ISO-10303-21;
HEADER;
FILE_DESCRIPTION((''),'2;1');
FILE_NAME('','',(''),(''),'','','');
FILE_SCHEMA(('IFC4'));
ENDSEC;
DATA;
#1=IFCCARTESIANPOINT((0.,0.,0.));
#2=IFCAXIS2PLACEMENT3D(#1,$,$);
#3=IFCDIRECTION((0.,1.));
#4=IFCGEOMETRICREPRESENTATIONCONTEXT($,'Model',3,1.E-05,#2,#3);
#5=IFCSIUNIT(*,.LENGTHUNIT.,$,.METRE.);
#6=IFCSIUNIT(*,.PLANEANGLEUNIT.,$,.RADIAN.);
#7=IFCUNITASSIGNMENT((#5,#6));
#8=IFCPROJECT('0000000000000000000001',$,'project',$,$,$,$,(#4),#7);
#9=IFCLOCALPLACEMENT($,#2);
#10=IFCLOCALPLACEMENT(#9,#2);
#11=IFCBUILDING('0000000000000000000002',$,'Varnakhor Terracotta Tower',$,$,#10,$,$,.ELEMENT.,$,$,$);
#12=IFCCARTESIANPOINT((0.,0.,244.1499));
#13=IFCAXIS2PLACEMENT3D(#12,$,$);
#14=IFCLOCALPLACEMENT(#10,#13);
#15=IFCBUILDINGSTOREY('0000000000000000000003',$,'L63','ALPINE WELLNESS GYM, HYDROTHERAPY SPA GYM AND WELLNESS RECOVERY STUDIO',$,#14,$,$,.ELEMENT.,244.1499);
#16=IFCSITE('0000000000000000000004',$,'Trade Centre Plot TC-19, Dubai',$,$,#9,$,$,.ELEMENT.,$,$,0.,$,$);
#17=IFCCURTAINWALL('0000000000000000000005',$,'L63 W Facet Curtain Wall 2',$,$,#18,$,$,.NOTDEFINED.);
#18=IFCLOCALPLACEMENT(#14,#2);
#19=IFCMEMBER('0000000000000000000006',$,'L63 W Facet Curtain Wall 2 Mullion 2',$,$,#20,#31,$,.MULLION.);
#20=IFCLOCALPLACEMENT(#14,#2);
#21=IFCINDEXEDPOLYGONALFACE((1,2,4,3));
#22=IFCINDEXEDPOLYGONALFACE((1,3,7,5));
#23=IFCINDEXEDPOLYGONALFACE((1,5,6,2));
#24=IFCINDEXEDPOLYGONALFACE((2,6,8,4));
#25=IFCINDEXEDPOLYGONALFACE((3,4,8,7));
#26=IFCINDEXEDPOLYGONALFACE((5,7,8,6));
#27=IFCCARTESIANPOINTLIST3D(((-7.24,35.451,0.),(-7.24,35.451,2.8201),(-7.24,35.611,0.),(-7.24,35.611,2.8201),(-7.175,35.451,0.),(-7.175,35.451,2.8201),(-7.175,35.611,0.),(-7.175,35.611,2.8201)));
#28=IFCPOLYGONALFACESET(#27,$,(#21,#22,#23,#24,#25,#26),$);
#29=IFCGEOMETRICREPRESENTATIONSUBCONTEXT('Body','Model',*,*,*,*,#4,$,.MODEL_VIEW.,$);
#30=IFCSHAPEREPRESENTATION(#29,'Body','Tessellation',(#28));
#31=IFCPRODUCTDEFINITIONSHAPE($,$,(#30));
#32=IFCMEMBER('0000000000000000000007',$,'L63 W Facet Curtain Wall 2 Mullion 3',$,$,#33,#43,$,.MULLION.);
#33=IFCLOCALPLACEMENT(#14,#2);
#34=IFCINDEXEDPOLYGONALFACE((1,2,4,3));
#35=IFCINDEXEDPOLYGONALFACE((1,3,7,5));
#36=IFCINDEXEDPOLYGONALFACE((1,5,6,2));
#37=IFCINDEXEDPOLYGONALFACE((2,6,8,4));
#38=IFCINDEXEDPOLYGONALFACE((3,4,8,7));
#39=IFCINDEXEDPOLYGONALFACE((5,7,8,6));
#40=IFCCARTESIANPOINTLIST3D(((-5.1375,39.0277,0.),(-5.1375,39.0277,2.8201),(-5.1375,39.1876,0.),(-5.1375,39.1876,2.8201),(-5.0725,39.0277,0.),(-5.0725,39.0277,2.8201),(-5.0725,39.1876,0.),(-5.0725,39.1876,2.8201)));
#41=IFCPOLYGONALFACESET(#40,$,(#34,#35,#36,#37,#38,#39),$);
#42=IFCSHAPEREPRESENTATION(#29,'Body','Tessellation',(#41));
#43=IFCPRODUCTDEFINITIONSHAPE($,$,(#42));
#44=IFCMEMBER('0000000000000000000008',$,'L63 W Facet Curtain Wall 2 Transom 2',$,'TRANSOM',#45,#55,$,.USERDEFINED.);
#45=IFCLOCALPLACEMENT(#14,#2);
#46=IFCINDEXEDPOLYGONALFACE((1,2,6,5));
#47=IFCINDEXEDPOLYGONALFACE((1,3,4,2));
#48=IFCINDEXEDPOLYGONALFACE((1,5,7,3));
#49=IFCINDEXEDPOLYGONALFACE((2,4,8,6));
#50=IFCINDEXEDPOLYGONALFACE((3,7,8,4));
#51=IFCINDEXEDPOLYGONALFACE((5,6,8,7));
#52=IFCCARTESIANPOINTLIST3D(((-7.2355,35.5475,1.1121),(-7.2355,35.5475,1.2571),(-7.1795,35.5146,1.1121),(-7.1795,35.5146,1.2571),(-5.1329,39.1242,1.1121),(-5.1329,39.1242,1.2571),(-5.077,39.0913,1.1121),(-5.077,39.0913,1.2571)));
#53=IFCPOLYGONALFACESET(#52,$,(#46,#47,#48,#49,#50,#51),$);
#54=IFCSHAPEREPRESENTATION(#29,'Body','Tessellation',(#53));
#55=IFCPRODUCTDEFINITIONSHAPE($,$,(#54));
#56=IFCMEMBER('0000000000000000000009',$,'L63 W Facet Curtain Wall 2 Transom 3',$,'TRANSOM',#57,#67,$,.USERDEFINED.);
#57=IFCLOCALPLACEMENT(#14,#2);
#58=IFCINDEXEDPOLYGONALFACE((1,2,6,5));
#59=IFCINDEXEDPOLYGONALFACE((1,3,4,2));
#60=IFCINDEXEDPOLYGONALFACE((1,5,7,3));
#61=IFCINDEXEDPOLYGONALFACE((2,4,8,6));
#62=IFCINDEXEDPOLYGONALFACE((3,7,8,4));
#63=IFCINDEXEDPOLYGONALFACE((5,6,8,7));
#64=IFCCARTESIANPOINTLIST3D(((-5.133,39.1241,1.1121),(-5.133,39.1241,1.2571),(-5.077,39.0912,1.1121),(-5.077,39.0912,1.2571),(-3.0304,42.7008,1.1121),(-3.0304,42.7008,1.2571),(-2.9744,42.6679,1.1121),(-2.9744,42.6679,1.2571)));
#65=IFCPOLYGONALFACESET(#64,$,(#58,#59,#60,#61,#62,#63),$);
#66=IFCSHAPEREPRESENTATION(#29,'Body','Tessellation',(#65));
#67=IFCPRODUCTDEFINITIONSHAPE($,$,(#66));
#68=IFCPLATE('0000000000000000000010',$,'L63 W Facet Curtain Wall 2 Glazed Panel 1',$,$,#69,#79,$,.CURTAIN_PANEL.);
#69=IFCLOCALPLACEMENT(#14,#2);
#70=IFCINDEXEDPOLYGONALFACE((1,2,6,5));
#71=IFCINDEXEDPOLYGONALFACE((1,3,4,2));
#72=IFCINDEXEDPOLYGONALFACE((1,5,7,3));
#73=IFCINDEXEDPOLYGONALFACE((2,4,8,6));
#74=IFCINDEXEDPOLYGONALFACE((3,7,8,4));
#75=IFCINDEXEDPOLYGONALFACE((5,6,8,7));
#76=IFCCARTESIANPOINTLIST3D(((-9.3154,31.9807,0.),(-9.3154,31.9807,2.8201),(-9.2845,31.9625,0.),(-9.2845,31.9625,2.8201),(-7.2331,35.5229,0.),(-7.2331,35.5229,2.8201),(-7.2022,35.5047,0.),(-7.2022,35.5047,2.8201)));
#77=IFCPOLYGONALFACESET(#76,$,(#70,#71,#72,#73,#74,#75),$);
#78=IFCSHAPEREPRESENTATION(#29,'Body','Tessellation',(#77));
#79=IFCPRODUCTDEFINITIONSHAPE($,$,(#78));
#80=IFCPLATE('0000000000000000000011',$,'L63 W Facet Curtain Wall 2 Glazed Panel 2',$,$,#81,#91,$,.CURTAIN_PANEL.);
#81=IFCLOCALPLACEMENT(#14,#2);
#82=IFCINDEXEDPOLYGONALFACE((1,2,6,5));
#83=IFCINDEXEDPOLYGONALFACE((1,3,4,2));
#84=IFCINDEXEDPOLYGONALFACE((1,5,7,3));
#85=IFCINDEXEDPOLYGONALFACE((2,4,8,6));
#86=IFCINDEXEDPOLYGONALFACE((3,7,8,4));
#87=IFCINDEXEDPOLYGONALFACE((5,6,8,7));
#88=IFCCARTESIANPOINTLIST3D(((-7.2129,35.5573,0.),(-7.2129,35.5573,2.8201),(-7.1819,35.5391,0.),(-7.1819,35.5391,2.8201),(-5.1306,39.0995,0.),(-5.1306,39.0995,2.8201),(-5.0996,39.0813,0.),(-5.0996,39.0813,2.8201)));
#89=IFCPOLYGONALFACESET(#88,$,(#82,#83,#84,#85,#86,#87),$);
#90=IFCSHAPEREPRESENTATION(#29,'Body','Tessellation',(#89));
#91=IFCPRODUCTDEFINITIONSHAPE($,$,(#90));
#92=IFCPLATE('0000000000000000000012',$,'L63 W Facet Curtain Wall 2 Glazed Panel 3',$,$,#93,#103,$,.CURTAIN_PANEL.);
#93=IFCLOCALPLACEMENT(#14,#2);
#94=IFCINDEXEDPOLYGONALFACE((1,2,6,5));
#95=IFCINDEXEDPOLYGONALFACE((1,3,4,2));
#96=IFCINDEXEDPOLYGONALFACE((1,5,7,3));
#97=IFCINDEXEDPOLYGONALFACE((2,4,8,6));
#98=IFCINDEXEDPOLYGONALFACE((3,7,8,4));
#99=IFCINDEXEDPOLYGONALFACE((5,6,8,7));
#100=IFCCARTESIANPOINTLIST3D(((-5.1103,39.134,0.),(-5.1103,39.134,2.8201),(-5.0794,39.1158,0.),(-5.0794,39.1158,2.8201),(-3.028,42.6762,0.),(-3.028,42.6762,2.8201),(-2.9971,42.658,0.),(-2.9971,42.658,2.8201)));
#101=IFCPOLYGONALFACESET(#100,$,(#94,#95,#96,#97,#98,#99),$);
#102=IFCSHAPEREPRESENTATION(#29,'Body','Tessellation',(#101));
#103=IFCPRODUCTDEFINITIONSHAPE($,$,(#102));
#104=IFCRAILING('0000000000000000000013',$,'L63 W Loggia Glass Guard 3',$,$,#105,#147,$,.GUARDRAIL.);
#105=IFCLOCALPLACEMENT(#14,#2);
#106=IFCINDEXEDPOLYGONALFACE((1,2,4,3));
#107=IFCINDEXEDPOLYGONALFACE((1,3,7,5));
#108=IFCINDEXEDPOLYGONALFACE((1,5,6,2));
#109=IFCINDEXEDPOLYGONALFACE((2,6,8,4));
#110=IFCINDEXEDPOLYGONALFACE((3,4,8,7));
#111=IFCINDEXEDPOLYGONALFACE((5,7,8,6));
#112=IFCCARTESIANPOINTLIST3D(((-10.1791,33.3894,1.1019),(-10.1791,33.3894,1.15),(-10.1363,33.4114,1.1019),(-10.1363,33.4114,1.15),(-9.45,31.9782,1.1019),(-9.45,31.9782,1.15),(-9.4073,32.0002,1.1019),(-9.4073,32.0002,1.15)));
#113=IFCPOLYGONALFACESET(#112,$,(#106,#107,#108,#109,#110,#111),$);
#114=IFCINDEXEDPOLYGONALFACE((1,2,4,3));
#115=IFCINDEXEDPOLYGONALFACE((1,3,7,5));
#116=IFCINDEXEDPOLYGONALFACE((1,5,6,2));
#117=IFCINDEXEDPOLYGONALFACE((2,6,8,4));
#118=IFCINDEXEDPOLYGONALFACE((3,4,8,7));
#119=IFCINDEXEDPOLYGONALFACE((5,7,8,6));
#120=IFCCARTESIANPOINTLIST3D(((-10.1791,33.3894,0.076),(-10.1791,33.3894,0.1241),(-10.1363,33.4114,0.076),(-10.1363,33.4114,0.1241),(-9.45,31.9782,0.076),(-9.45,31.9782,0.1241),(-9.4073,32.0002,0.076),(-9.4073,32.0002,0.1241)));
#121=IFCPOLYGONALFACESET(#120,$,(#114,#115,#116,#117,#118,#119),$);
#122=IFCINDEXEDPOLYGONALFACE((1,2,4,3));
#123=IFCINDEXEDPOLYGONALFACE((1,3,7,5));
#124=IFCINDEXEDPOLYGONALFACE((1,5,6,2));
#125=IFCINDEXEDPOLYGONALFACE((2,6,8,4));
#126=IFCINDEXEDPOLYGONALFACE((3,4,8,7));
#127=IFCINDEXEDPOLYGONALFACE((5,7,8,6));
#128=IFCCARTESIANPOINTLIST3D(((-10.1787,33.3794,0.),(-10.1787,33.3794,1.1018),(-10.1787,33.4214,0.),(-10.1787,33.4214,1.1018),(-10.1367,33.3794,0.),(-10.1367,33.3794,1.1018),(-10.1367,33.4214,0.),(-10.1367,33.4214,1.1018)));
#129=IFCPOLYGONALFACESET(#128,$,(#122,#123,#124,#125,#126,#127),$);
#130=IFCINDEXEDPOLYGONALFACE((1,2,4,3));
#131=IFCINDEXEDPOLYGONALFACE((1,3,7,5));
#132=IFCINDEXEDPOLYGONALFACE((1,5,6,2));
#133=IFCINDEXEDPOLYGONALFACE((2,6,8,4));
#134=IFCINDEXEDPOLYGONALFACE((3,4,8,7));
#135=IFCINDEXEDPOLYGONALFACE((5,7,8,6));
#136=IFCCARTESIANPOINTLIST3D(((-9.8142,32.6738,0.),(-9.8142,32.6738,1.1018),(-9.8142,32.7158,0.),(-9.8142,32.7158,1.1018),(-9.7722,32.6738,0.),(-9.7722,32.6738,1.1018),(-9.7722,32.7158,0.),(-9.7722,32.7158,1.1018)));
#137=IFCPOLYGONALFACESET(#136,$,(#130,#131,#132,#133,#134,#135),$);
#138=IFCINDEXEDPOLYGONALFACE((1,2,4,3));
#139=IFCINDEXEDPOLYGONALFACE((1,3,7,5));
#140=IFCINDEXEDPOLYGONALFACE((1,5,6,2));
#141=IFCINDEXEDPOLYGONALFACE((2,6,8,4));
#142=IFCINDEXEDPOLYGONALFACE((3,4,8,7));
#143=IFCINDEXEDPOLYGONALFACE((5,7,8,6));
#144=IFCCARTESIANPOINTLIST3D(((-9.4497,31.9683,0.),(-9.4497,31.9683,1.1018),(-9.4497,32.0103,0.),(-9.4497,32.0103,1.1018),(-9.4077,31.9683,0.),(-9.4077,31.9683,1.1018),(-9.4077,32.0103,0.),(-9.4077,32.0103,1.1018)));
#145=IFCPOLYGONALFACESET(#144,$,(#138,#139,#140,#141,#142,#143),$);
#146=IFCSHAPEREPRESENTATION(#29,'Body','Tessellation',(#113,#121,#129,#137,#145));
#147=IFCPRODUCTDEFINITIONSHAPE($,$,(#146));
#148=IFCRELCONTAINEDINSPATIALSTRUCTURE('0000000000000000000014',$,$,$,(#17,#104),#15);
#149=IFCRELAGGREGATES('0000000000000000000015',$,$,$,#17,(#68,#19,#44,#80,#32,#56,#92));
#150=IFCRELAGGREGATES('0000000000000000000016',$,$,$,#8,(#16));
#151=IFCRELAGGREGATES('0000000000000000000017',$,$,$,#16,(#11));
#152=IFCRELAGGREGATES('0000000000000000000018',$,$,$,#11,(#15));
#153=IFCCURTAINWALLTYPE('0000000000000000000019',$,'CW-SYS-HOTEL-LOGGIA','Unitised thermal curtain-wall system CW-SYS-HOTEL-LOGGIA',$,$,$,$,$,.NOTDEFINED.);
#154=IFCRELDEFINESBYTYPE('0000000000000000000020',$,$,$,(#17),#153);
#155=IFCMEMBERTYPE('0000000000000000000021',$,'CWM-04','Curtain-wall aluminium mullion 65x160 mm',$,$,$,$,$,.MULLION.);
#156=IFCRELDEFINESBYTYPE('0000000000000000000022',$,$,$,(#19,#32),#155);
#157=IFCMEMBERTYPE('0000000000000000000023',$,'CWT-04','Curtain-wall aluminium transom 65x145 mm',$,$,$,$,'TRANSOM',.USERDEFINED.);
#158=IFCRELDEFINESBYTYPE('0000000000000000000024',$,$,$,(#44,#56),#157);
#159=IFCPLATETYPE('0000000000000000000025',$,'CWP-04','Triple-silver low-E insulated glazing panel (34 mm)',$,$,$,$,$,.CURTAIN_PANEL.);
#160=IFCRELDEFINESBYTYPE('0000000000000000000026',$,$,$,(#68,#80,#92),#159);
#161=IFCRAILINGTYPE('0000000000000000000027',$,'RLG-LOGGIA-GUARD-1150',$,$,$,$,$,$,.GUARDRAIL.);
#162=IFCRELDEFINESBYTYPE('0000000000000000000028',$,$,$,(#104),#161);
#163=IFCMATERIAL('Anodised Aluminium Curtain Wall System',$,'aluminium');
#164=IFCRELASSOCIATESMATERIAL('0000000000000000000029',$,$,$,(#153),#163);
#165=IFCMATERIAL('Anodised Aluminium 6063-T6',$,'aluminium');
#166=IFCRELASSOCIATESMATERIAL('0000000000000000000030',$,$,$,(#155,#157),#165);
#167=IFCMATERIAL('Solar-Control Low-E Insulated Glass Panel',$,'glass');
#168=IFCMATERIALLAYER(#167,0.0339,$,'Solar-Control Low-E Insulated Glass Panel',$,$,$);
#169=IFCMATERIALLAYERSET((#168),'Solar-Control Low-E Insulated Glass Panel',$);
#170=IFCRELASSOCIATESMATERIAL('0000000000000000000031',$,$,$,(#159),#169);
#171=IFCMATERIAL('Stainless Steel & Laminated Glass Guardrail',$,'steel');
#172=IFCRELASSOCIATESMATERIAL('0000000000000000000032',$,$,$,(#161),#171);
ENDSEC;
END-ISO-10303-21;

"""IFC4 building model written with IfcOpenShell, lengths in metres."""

from ifc_helpers import new_model, si_unit, direction, frame, origin, origin_2d, place, context, subcontext, project, spatial, rectangle, extrude, source, transform, mapped, material, layer, layer_set, material_profile, profile_set, type_object, type_shapes, element, aggregate, save


model = new_model("IFC4")

# Units and contexts
model_context = context("Model", 3, precision=1e-05, world=origin(), true_north=direction((0.0, 1.0)))
body_context = subcontext(model_context, "Body", "Model", "MODEL_VIEW")
ifc_project = project(units=[si_unit("LENGTHUNIT", "METRE"), si_unit("PLANEANGLEUNIT", "RADIAN")], contexts=[model_context])

# Site, building, storey
site_placement = place(None, origin())
site = spatial("IfcSite", under=ifc_project, at=site_placement, Name="Trade Centre Plot TC-19, Dubai", CompositionType="ELEMENT", RefElevation=0.0)
building_placement = place(site_placement, origin())
building = spatial("IfcBuilding", under=site, at=building_placement, Name="Varnakhor Terracotta Tower", CompositionType="ELEMENT")
storey_placement = place(building_placement, frame((0.0, 0.0, 244.1499)))
storey = spatial("IfcBuildingStorey", under=building, at=storey_placement, Name="L63", Description="ALPINE WELLNESS GYM, HYDROTHERAPY SPA GYM AND WELLNESS RECOVERY STUDIO", CompositionType="ELEMENT", Elevation=244.1499)

# Curtain wall, members, plates
ifc_material_1 = material(Name="Anodised Aluminium Curtain Wall System", Category="aluminium")
curtain_wall_type = type_object("IfcCurtainWallType", Name="CW-SYS-HOTEL-LOGGIA", Description="Unitised thermal curtain-wall system CW-SYS-HOTEL-LOGGIA", PredefinedType="NOTDEFINED", material=ifc_material_1)
curtain_wall_placement = place(storey_placement, origin())
curtain_wall = element("IfcCurtainWall", 1, at=curtain_wall_placement, inside=storey, type_object=curtain_wall_type, Name="L63 W Facet Curtain Wall 2", PredefinedType="NOTDEFINED")
ifc_material_2 = material(Name="Anodised Aluminium 6063-T6", Category="aluminium")
ifc_material_profile_1 = material_profile(ifc_material_2, rectangle(XDim=0.0649, YDim=0.1599, at=origin_2d()), Name="ALU MULLION 65x160")
ifc_profile_set_1 = profile_set([ifc_material_profile_1], Name="Anodised Aluminium 6063-T6")
member_type_1 = type_object("IfcMemberType", Name="CWM-04", Description="Curtain-wall aluminium mullion 65x160 mm", PredefinedType="MULLION", material=ifc_profile_set_1)
shared_shape_1 = source(origin(), body_context, "Body", "SweptSolid", [
    extrude(rectangle(XDim=0.0649, YDim=0.1599, at=origin_2d()), origin(), (0.0, 0.0, 1.0), 2.8201),
])
type_shapes(member_type_1, [shared_shape_1])
member_1_placement = place(storey_placement, frame((-7.2075, 35.531, 0.0), z_axis=(0.0, 0.0, 1.0), x_axis=(1.0, 0.0, 0.0)))
member_1 = element("IfcMember", 2, at=member_1_placement, type_object=member_type_1, Name="L63 W Facet Curtain Wall 2 Mullion 2", PredefinedType="MULLION", context=body_context, shape_type="MappedRepresentation", body=[
    mapped(shared_shape_1, transform((0.0, 0.0, 0.0), scale=1.0)),
])
member_2_placement = place(storey_placement, frame((-5.105, 39.1077, 0.0), z_axis=(0.0, 0.0, 1.0), x_axis=(1.0, 0.0, 0.0)))
member_2 = element("IfcMember", 3, at=member_2_placement, type_object=member_type_1, Name="L63 W Facet Curtain Wall 2 Mullion 3", PredefinedType="MULLION", context=body_context, shape_type="MappedRepresentation", body=[
    mapped(shared_shape_1, transform((0.0, 0.0, 0.0), scale=1.0)),
])
ifc_material_profile_2 = material_profile(ifc_material_2, rectangle(XDim=0.0649, YDim=0.145, at=origin_2d()), Name="ALU TRANSOM 65x145")
ifc_profile_set_2 = profile_set([ifc_material_profile_2], Name="Anodised Aluminium 6063-T6")
member_type_2 = type_object("IfcMemberType", Name="CWT-04", Description="Curtain-wall aluminium transom 65x145 mm", ElementType="TRANSOM", PredefinedType="USERDEFINED", material=ifc_profile_set_2)
shared_shape_2 = source(origin(), body_context, "Body", "SweptSolid", [
    extrude(rectangle(XDim=0.0649, YDim=0.145, at=origin_2d()), origin(), (0.0, 0.0, 1.0), 4.1489),
])
member_3_placement = place(storey_placement, frame((-7.2075, 35.531, 1.1846), z_axis=(0.506773, 0.862079, 0.0), x_axis=(-0.862079, 0.506773, 0.0)))
member_3 = element("IfcMember", 4, at=member_3_placement, type_object=member_type_2, Name="L63 W Facet Curtain Wall 2 Transom 2", ObjectType="TRANSOM", PredefinedType="USERDEFINED", context=body_context, shape_type="MappedRepresentation", body=[
    mapped(shared_shape_2, transform((0.0, 0.0, 0.0), scale=1.0)),
])
member_4_placement = place(storey_placement, frame((-5.105, 39.1077, 1.1846), z_axis=(0.506773, 0.862079, 0.0), x_axis=(-0.862079, 0.506773, 0.0)))
member_4 = element("IfcMember", 5, at=member_4_placement, type_object=member_type_2, Name="L63 W Facet Curtain Wall 2 Transom 3", ObjectType="TRANSOM", PredefinedType="USERDEFINED", context=body_context, shape_type="MappedRepresentation", body=[
    mapped(shared_shape_2, transform((0.0, 0.0, 0.0), scale=1.0)),
])
ifc_material_3 = material(Name="Solar-Control Low-E Insulated Glass Panel", Category="glass")
ifc_layer = layer(ifc_material_3, 0.0339, Name="Solar-Control Low-E Insulated Glass Panel")
ifc_layer_set = layer_set([ifc_layer], Name="Solar-Control Low-E Insulated Glass Panel")
plate_type = type_object("IfcPlateType", Name="CWP-04", Description="Triple-silver low-E insulated glazing panel (34 mm)", PredefinedType="CURTAIN_PANEL", material=ifc_layer_set)
shared_shape_3 = source(origin(), body_context, "Body", "SweptSolid", [
    extrude(rectangle(XDim=4.1089, YDim=0.0359, at=origin_2d()), origin(), (0.0, 0.0, 1.0), 2.8201),
])
plate_1_placement = place(storey_placement, frame((-8.2588, 33.7427, 0.0), z_axis=(0.0, 0.0, 1.0), x_axis=(0.506771, 0.862081, 0.0)))
plate_1 = element("IfcPlate", 6, at=plate_1_placement, type_object=plate_type, Name="L63 W Facet Curtain Wall 2 Glazed Panel 1", PredefinedType="CURTAIN_PANEL", context=body_context, shape_type="MappedRepresentation", body=[
    mapped(shared_shape_3, transform((0.0, 0.0, 0.0), scale=1.0)),
])
plate_2_placement = place(storey_placement, frame((-6.1562, 37.3193, 0.0), z_axis=(0.0, 0.0, 1.0), x_axis=(0.506771, 0.862081, 0.0)))
plate_2 = element("IfcPlate", 7, at=plate_2_placement, type_object=plate_type, Name="L63 W Facet Curtain Wall 2 Glazed Panel 2", PredefinedType="CURTAIN_PANEL", context=body_context, shape_type="MappedRepresentation", body=[
    mapped(shared_shape_3, transform((0.0, 0.0, 0.0), scale=1.0)),
])
plate_3_placement = place(storey_placement, frame((-4.0537, 40.896, 0.0), z_axis=(0.0, 0.0, 1.0), x_axis=(0.506771, 0.862081, 0.0)))
plate_3 = element("IfcPlate", 8, at=plate_3_placement, type_object=plate_type, Name="L63 W Facet Curtain Wall 2 Glazed Panel 3", PredefinedType="CURTAIN_PANEL", context=body_context, shape_type="MappedRepresentation", body=[
    mapped(shared_shape_3, transform((0.0, 0.0, 0.0), scale=1.0)),
])
aggregate(curtain_wall, [plate_1, member_1, member_3, plate_2, member_2, member_4, plate_3])

# Railing
ifc_material_4 = material(Name="Stainless Steel & Laminated Glass Guardrail", Category="steel")
railing_type = type_object("IfcRailingType", Name="RLG-LOGGIA-GUARD-1150", PredefinedType="GUARDRAIL", material=ifc_material_4)
railing_placement = place(storey_placement, frame((-10.1577, 33.4004, 0.0)))
element("IfcRailing", 9, at=railing_placement, inside=storey, type_object=railing_type, Name="L63 W Loggia Glass Guard 3", PredefinedType="GUARDRAIL", context=body_context, shape_type="SweptSolid", body=[
    extrude(rectangle(XDim=0.0481, YDim=0.0481, at=origin_2d()), frame((0.0, 0.0, 1.126), z_axis=(0.45898, -0.888447, 0.0), x_axis=(0.888447, 0.45898, 0.0)), (0.0, 0.0, 1.0), 1.5884),
    extrude(rectangle(XDim=0.0481, YDim=0.0481, at=origin_2d()), frame((0.0, 0.0, 0.1001), z_axis=(0.45898, -0.888447, 0.0), x_axis=(0.888447, 0.45898, 0.0)), (0.0, 0.0, 1.0), 1.5884),
    extrude(rectangle(XDim=0.042, YDim=0.042, at=origin_2d()), origin(), (0.0, 0.0, 1.0), 1.1018),
    extrude(rectangle(XDim=0.042, YDim=0.042, at=origin_2d()), frame((0.3645, -0.7056, 0.0)), (0.0, 0.0, 1.0), 1.1018),
    extrude(rectangle(XDim=0.042, YDim=0.042, at=origin_2d()), frame((0.729, -1.4111, 0.0)), (0.0, 0.0, 1.0), 1.1018),
])

save(model, "model.ifc")
